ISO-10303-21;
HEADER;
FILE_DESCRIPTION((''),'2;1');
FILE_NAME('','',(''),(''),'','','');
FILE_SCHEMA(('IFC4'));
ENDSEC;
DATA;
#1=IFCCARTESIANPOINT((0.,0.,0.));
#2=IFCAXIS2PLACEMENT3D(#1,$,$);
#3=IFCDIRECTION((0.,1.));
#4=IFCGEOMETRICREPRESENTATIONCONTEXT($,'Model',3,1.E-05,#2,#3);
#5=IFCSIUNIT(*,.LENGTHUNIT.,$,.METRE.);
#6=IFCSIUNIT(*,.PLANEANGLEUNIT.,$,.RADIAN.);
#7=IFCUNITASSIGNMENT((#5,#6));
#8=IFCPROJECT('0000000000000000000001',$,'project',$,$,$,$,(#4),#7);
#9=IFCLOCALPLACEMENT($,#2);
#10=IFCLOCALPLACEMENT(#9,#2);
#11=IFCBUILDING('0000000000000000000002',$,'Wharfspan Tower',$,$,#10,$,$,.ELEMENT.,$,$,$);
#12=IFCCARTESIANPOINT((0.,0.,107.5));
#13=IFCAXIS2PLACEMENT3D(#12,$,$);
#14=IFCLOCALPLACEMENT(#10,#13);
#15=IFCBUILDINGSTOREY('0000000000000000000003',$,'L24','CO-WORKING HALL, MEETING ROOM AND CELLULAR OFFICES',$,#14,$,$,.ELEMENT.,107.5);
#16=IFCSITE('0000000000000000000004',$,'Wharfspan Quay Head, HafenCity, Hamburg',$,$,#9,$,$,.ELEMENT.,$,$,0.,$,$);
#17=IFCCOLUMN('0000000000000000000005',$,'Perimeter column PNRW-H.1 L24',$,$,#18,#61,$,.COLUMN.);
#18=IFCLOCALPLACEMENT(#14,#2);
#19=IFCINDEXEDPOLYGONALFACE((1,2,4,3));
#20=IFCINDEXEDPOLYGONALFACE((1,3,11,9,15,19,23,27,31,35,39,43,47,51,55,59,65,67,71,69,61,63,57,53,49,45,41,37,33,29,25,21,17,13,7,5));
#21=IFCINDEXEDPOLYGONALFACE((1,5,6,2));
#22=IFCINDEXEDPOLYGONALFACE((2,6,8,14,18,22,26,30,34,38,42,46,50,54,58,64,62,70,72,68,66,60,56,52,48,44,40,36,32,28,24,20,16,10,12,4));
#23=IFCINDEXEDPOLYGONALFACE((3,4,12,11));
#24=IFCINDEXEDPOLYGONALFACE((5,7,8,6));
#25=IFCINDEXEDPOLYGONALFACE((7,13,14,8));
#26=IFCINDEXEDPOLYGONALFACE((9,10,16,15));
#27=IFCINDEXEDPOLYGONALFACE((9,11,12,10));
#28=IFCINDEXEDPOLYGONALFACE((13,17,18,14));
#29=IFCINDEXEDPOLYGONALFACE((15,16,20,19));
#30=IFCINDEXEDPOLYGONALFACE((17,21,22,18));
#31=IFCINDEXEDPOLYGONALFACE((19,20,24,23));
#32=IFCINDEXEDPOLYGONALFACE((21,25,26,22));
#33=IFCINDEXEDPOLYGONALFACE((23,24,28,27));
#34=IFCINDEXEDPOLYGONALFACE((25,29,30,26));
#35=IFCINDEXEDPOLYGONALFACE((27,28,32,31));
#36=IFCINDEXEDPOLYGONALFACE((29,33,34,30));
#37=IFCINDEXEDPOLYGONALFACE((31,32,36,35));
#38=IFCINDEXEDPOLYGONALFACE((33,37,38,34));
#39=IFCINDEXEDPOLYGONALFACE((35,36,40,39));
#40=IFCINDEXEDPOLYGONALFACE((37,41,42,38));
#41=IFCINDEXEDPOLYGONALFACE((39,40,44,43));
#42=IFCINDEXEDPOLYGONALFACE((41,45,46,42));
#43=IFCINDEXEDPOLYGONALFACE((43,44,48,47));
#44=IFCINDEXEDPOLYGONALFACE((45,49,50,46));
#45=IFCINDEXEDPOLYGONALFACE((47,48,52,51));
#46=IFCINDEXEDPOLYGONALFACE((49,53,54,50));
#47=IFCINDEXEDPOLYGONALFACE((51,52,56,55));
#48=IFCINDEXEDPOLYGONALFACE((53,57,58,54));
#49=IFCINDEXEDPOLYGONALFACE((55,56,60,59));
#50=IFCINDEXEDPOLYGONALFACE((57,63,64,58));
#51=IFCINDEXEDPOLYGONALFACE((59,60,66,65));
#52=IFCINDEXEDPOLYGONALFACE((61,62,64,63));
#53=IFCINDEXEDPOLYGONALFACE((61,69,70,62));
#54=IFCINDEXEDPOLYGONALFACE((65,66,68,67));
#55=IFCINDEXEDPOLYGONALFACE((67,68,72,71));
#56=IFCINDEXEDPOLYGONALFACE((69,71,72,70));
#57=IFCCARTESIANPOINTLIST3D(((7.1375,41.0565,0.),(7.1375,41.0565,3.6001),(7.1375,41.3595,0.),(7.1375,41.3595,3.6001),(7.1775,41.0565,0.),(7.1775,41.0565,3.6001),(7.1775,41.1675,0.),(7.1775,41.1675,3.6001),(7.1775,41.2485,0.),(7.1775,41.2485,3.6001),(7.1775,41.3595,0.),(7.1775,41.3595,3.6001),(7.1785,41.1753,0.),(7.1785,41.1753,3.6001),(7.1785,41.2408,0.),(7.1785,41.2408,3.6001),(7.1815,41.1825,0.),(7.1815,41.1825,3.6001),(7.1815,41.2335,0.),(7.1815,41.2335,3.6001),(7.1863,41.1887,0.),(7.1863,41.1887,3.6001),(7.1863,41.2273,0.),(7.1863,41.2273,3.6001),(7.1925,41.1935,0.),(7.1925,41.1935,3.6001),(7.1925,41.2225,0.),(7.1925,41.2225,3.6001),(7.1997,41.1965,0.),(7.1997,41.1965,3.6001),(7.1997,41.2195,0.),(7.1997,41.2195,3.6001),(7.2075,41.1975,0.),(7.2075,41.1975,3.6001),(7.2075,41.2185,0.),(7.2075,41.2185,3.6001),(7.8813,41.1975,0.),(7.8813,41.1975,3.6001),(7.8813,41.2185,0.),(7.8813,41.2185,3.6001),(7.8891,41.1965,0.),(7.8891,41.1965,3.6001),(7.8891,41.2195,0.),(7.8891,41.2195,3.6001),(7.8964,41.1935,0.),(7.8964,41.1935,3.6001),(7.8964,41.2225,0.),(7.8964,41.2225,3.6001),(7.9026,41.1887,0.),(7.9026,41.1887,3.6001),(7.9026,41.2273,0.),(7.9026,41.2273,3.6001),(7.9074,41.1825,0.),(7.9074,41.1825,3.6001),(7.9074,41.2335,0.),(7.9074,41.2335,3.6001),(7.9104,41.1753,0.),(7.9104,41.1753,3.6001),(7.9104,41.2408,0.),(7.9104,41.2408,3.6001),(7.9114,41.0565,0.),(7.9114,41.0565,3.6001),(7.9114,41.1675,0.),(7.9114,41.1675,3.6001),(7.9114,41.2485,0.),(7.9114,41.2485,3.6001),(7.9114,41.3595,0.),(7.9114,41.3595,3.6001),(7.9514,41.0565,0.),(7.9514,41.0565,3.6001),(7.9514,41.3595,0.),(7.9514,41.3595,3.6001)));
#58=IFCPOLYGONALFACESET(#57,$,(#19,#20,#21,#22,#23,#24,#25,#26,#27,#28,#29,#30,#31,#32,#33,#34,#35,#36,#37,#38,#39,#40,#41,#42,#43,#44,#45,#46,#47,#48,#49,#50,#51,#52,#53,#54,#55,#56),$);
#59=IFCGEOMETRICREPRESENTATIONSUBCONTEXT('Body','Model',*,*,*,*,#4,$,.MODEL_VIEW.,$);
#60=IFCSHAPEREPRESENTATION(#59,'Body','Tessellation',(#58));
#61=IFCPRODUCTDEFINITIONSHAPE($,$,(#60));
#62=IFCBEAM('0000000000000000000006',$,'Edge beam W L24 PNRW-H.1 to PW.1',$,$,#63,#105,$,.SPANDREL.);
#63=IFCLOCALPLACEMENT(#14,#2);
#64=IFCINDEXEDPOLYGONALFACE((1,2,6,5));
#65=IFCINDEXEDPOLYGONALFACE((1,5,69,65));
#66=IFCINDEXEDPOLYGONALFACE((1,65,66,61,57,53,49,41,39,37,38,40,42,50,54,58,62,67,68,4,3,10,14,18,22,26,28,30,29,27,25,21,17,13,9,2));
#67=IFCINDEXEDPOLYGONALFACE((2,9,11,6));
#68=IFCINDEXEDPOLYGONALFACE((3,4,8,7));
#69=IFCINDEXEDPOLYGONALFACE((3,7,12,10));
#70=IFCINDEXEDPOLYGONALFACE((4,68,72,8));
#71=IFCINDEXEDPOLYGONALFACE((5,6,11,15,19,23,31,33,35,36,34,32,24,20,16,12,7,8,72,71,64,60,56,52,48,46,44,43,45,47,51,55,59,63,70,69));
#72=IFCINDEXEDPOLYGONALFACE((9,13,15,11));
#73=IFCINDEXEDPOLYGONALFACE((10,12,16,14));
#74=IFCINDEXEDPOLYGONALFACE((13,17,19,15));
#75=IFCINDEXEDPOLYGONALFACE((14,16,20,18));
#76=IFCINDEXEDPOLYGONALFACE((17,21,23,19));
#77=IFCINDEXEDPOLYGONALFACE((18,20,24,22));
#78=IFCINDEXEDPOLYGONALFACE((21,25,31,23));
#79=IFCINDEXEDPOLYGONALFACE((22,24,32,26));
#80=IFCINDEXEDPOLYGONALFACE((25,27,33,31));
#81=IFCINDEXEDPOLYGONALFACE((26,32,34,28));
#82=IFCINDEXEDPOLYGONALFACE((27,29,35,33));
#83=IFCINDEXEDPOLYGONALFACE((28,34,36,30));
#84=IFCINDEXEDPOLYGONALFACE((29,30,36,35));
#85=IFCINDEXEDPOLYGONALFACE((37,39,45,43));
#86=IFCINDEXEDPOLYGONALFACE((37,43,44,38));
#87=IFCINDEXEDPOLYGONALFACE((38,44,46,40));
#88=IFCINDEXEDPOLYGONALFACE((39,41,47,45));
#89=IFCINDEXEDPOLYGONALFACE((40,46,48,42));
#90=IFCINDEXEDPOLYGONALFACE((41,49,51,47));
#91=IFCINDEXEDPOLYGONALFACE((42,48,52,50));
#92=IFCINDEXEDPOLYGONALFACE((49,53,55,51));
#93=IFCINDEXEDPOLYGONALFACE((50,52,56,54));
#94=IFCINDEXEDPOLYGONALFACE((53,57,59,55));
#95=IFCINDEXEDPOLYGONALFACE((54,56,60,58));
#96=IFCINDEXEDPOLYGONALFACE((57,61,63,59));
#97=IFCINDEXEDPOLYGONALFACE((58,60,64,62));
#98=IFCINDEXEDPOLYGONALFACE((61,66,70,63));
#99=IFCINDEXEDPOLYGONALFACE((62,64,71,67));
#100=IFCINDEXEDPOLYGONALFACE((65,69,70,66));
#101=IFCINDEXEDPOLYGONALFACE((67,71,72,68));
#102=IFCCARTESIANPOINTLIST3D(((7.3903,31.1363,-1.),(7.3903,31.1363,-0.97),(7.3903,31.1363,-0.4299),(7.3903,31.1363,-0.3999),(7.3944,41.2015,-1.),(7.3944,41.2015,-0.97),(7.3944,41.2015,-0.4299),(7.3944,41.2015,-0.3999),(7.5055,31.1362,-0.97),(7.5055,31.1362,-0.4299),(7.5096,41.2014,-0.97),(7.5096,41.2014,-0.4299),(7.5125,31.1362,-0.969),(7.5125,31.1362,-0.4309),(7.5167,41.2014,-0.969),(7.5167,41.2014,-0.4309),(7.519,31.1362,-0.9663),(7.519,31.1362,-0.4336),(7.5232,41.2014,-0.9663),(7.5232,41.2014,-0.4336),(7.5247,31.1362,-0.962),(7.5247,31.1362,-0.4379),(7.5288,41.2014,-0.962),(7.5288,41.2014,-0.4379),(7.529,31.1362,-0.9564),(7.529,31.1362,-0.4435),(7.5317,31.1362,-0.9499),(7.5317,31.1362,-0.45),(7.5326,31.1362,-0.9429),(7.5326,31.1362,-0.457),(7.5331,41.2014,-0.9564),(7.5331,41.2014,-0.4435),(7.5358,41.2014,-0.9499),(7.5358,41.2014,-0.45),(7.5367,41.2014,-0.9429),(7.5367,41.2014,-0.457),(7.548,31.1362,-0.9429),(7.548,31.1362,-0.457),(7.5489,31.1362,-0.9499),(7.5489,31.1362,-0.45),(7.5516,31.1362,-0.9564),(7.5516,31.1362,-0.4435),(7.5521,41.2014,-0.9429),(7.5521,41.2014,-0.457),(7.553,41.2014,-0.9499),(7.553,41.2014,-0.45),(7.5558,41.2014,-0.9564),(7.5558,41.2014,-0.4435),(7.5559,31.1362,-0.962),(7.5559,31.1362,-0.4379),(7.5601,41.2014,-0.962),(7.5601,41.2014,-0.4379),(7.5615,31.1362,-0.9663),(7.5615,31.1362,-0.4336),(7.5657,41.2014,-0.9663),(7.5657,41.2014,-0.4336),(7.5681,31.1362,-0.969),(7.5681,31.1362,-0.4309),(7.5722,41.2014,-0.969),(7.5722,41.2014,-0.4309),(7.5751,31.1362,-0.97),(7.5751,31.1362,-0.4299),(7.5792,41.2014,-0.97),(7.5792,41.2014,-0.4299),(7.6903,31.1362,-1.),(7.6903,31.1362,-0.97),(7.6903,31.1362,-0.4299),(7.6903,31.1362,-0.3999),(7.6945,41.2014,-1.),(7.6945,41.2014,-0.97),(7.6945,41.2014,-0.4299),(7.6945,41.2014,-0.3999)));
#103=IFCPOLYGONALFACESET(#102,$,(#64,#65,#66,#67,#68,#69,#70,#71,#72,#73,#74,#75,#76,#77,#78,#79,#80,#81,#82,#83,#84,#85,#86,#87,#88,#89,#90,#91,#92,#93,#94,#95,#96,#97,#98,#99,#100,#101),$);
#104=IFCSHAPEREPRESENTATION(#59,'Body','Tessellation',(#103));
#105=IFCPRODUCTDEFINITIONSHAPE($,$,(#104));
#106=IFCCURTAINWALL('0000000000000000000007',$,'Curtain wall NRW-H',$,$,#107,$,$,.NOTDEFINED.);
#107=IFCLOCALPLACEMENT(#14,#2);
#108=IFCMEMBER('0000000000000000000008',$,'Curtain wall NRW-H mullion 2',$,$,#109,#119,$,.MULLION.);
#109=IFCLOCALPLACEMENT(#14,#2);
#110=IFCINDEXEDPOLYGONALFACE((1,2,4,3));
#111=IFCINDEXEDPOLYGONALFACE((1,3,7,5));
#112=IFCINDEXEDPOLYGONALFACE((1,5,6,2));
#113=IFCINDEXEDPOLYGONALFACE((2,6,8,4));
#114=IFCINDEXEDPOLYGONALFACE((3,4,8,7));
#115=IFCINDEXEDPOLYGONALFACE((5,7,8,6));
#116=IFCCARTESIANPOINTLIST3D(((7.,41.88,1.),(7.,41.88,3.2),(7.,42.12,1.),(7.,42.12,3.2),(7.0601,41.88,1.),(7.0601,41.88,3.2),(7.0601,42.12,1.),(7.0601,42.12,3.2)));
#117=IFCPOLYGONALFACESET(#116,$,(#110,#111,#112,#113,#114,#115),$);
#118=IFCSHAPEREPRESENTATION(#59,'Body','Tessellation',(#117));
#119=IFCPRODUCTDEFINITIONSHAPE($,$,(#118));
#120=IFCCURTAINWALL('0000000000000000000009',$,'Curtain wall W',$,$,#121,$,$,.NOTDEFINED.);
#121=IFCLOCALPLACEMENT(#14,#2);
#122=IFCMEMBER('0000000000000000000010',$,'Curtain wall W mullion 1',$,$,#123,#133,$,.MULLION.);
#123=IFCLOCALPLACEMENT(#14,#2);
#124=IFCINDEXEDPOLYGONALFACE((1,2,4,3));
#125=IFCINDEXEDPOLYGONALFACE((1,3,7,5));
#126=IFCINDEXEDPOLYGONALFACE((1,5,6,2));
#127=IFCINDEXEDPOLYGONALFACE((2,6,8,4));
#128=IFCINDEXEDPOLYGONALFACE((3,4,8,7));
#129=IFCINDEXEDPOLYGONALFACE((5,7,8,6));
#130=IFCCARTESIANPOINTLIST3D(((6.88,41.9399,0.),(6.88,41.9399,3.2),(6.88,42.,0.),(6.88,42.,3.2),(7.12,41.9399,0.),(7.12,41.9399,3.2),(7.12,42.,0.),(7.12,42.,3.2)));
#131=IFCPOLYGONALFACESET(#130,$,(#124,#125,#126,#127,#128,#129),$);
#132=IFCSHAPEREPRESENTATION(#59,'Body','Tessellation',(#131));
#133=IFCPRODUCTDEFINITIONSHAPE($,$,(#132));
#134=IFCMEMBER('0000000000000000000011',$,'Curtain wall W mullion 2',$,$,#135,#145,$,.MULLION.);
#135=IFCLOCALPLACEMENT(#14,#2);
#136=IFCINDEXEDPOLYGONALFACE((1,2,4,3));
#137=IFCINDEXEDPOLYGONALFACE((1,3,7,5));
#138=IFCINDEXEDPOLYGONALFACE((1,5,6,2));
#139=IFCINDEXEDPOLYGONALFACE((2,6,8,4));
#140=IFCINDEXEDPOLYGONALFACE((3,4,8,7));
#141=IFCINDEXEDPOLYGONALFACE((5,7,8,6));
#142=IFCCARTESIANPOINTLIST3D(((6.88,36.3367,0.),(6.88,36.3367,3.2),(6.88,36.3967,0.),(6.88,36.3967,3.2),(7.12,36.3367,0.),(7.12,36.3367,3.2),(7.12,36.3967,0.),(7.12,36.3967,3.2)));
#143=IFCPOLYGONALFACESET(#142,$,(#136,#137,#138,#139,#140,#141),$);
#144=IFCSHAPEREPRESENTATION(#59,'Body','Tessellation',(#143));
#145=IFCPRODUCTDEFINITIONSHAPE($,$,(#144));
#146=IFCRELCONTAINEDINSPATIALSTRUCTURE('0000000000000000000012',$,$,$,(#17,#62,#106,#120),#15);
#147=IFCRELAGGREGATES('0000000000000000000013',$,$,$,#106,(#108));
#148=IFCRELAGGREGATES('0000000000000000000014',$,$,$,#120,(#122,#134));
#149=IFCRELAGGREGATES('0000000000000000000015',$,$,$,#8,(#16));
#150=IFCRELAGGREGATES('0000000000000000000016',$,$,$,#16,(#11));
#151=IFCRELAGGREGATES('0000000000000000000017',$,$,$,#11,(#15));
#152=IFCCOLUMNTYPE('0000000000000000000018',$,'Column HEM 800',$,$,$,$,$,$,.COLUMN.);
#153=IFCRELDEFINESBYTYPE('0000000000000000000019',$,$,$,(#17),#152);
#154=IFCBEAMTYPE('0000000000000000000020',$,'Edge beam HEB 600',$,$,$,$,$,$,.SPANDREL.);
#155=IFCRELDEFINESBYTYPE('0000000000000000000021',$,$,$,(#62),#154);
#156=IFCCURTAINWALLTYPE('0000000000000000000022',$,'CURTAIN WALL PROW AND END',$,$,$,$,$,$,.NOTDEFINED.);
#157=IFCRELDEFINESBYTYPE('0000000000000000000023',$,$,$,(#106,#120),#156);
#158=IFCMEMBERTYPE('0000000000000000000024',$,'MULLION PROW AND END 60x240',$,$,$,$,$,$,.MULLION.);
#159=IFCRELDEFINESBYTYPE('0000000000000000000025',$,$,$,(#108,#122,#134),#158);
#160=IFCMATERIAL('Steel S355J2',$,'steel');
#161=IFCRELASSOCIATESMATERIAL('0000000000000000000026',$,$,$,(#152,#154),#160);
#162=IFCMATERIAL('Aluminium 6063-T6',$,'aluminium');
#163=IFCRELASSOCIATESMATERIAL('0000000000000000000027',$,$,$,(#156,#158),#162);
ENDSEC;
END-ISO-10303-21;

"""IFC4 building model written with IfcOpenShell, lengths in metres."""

from ifc_helpers import new_model, si_unit, direction, frame, origin, origin_2d, place, context, subcontext, project, spatial, rectangle, i_section, extrude, material, material_profile, profile_set, type_object, element, aggregate, save


model = new_model("IFC4")

# Units and contexts
model_context = context("Model", 3, precision=1e-05, world=origin(), true_north=direction((0.0, 1.0)))
body_context = subcontext(model_context, "Body", "Model", "MODEL_VIEW")
ifc_project = project(units=[si_unit("LENGTHUNIT", "METRE"), si_unit("PLANEANGLEUNIT", "RADIAN")], contexts=[model_context])

# Site, building, storey
site_placement = place(None, origin())
site = spatial("IfcSite", under=ifc_project, at=site_placement, Name="Wharfspan Quay Head, HafenCity, Hamburg", CompositionType="ELEMENT", RefElevation=0.0)
building_placement = place(site_placement, origin())
building = spatial("IfcBuilding", under=site, at=building_placement, Name="Wharfspan Tower", CompositionType="ELEMENT")
storey_placement = place(building_placement, frame((0.0, 0.0, 107.5)))
storey = spatial("IfcBuildingStorey", under=building, at=storey_placement, Name="L24", Description="CO-WORKING HALL, MEETING ROOM AND CELLULAR OFFICES", CompositionType="ELEMENT", Elevation=107.5)

# Column
ifc_material_1 = material(Name="Steel S355J2", Category="steel")
ifc_material_profile_1 = material_profile(ifc_material_1, i_section(OverallWidth=0.303, OverallDepth=0.814, WebThickness=0.021, FlangeThickness=0.04, FilletRadius=0.03, at=origin_2d()))
ifc_profile_set_1 = profile_set([ifc_material_profile_1], Name="Steel S355J2")
column_type = type_object("IfcColumnType", Name="Column HEM 800", PredefinedType="COLUMN", material=ifc_profile_set_1)
column_placement = place(storey_placement, frame((7.5444, 41.208, 0.0), z_axis=(0.0, 0.0, 1.0), x_axis=(0.0, 1.0, 0.0)))
element("IfcColumn", 1, at=column_placement, inside=storey, type_object=column_type, Name="Perimeter column PNRW-H.1 L24", PredefinedType="COLUMN", context=body_context, shape_type="SweptSolid", body=[
    extrude(i_section(OverallWidth=0.303, OverallDepth=0.814, WebThickness=0.021, FlangeThickness=0.04, FilletRadius=0.03, at=origin_2d()), origin(), (0.0, 0.0, 1.0), 3.6001),
])

# Beam
ifc_material_profile_2 = material_profile(ifc_material_1, i_section(OverallWidth=0.3, OverallDepth=0.6001, WebThickness=0.0154, FlangeThickness=0.03, FilletRadius=0.0271, at=origin_2d()))
ifc_profile_set_2 = profile_set([ifc_material_profile_2], Name="Steel S355J2")
beam_type = type_object("IfcBeamType", Name="Edge beam HEB 600", PredefinedType="SPANDREL", material=ifc_profile_set_2)
beam_placement = place(storey_placement, frame((7.5444, 41.2014, -0.7), z_axis=(-0.000412, -1.0, 0.0), x_axis=(1.0, -0.000412, 0.0)))
element("IfcBeam", 2, at=beam_placement, inside=storey, type_object=beam_type, Name="Edge beam W L24 PNRW-H.1 to PW.1", PredefinedType="SPANDREL", context=body_context, shape_type="SweptSolid", body=[
    extrude(i_section(OverallWidth=0.3, OverallDepth=0.6001, WebThickness=0.0154, FlangeThickness=0.03, FilletRadius=0.0271, at=origin_2d()), origin(), (0.0, 0.0, 1.0), 10.0652),
])

# Curtain wall, member
ifc_material_2 = material(Name="Aluminium 6063-T6", Category="aluminium")
curtain_wall_type = type_object("IfcCurtainWallType", Name="CURTAIN WALL PROW AND END", PredefinedType="NOTDEFINED", material=ifc_material_2)
curtain_wall_1_placement = place(storey_placement, origin())
curtain_wall_1 = element("IfcCurtainWall", 3, at=curtain_wall_1_placement, inside=storey, type_object=curtain_wall_type, Name="Curtain wall NRW-H", PredefinedType="NOTDEFINED")
ifc_material_profile_3 = material_profile(ifc_material_2, rectangle(XDim=0.24, YDim=0.0601, at=origin_2d()))
ifc_profile_set_3 = profile_set([ifc_material_profile_3], Name="Aluminium 6063-T6")
member_type_1 = type_object("IfcMemberType", Name="MULLION PROW AND END 60x240", PredefinedType="MULLION", material=ifc_profile_set_3)
member_1_placement = place(storey_placement, frame((7.03, 42.0, 1.0), z_axis=(0.0, 0.0, 1.0), x_axis=(0.0, -1.0, 0.0)))
member_1 = element("IfcMember", 4, at=member_1_placement, type_object=member_type_1, Name="Curtain wall NRW-H mullion 2", PredefinedType="MULLION", context=body_context, shape_type="SweptSolid", body=[
    extrude(rectangle(XDim=0.24, YDim=0.0601, at=origin_2d()), origin(), (0.0, 0.0, 1.0), 2.2),
])

# Curtain wall, members
curtain_wall_2_placement = place(storey_placement, origin())
curtain_wall_2 = element("IfcCurtainWall", 5, at=curtain_wall_2_placement, inside=storey, type_object=curtain_wall_type, Name="Curtain wall W", PredefinedType="NOTDEFINED")
member_2_placement = place(storey_placement, frame((7.0, 41.97, 0.0), z_axis=(0.0, 0.0, 1.0), x_axis=(1.0, 0.0, 0.0)))
member_2 = element("IfcMember", 6, at=member_2_placement, type_object=member_type_1, Name="Curtain wall W mullion 1", PredefinedType="MULLION", context=body_context, shape_type="SweptSolid", body=[
    extrude(rectangle(XDim=0.24, YDim=0.0601, at=origin_2d()), origin(), (0.0, 0.0, 1.0), 3.2),
])
member_3_placement = place(storey_placement, frame((7.0, 36.3667, 0.0), z_axis=(0.0, 0.0, 1.0), x_axis=(1.0, 0.0, 0.0)))
member_3 = element("IfcMember", 7, at=member_3_placement, type_object=member_type_1, Name="Curtain wall W mullion 2", PredefinedType="MULLION", context=body_context, shape_type="SweptSolid", body=[
    extrude(rectangle(XDim=0.24, YDim=0.0601, at=origin_2d()), origin(), (0.0, 0.0, 1.0), 3.2),
])

aggregate(curtain_wall_1, [member_1])
aggregate(curtain_wall_2, [member_2, member_3])

save(model, "model.ifc")
